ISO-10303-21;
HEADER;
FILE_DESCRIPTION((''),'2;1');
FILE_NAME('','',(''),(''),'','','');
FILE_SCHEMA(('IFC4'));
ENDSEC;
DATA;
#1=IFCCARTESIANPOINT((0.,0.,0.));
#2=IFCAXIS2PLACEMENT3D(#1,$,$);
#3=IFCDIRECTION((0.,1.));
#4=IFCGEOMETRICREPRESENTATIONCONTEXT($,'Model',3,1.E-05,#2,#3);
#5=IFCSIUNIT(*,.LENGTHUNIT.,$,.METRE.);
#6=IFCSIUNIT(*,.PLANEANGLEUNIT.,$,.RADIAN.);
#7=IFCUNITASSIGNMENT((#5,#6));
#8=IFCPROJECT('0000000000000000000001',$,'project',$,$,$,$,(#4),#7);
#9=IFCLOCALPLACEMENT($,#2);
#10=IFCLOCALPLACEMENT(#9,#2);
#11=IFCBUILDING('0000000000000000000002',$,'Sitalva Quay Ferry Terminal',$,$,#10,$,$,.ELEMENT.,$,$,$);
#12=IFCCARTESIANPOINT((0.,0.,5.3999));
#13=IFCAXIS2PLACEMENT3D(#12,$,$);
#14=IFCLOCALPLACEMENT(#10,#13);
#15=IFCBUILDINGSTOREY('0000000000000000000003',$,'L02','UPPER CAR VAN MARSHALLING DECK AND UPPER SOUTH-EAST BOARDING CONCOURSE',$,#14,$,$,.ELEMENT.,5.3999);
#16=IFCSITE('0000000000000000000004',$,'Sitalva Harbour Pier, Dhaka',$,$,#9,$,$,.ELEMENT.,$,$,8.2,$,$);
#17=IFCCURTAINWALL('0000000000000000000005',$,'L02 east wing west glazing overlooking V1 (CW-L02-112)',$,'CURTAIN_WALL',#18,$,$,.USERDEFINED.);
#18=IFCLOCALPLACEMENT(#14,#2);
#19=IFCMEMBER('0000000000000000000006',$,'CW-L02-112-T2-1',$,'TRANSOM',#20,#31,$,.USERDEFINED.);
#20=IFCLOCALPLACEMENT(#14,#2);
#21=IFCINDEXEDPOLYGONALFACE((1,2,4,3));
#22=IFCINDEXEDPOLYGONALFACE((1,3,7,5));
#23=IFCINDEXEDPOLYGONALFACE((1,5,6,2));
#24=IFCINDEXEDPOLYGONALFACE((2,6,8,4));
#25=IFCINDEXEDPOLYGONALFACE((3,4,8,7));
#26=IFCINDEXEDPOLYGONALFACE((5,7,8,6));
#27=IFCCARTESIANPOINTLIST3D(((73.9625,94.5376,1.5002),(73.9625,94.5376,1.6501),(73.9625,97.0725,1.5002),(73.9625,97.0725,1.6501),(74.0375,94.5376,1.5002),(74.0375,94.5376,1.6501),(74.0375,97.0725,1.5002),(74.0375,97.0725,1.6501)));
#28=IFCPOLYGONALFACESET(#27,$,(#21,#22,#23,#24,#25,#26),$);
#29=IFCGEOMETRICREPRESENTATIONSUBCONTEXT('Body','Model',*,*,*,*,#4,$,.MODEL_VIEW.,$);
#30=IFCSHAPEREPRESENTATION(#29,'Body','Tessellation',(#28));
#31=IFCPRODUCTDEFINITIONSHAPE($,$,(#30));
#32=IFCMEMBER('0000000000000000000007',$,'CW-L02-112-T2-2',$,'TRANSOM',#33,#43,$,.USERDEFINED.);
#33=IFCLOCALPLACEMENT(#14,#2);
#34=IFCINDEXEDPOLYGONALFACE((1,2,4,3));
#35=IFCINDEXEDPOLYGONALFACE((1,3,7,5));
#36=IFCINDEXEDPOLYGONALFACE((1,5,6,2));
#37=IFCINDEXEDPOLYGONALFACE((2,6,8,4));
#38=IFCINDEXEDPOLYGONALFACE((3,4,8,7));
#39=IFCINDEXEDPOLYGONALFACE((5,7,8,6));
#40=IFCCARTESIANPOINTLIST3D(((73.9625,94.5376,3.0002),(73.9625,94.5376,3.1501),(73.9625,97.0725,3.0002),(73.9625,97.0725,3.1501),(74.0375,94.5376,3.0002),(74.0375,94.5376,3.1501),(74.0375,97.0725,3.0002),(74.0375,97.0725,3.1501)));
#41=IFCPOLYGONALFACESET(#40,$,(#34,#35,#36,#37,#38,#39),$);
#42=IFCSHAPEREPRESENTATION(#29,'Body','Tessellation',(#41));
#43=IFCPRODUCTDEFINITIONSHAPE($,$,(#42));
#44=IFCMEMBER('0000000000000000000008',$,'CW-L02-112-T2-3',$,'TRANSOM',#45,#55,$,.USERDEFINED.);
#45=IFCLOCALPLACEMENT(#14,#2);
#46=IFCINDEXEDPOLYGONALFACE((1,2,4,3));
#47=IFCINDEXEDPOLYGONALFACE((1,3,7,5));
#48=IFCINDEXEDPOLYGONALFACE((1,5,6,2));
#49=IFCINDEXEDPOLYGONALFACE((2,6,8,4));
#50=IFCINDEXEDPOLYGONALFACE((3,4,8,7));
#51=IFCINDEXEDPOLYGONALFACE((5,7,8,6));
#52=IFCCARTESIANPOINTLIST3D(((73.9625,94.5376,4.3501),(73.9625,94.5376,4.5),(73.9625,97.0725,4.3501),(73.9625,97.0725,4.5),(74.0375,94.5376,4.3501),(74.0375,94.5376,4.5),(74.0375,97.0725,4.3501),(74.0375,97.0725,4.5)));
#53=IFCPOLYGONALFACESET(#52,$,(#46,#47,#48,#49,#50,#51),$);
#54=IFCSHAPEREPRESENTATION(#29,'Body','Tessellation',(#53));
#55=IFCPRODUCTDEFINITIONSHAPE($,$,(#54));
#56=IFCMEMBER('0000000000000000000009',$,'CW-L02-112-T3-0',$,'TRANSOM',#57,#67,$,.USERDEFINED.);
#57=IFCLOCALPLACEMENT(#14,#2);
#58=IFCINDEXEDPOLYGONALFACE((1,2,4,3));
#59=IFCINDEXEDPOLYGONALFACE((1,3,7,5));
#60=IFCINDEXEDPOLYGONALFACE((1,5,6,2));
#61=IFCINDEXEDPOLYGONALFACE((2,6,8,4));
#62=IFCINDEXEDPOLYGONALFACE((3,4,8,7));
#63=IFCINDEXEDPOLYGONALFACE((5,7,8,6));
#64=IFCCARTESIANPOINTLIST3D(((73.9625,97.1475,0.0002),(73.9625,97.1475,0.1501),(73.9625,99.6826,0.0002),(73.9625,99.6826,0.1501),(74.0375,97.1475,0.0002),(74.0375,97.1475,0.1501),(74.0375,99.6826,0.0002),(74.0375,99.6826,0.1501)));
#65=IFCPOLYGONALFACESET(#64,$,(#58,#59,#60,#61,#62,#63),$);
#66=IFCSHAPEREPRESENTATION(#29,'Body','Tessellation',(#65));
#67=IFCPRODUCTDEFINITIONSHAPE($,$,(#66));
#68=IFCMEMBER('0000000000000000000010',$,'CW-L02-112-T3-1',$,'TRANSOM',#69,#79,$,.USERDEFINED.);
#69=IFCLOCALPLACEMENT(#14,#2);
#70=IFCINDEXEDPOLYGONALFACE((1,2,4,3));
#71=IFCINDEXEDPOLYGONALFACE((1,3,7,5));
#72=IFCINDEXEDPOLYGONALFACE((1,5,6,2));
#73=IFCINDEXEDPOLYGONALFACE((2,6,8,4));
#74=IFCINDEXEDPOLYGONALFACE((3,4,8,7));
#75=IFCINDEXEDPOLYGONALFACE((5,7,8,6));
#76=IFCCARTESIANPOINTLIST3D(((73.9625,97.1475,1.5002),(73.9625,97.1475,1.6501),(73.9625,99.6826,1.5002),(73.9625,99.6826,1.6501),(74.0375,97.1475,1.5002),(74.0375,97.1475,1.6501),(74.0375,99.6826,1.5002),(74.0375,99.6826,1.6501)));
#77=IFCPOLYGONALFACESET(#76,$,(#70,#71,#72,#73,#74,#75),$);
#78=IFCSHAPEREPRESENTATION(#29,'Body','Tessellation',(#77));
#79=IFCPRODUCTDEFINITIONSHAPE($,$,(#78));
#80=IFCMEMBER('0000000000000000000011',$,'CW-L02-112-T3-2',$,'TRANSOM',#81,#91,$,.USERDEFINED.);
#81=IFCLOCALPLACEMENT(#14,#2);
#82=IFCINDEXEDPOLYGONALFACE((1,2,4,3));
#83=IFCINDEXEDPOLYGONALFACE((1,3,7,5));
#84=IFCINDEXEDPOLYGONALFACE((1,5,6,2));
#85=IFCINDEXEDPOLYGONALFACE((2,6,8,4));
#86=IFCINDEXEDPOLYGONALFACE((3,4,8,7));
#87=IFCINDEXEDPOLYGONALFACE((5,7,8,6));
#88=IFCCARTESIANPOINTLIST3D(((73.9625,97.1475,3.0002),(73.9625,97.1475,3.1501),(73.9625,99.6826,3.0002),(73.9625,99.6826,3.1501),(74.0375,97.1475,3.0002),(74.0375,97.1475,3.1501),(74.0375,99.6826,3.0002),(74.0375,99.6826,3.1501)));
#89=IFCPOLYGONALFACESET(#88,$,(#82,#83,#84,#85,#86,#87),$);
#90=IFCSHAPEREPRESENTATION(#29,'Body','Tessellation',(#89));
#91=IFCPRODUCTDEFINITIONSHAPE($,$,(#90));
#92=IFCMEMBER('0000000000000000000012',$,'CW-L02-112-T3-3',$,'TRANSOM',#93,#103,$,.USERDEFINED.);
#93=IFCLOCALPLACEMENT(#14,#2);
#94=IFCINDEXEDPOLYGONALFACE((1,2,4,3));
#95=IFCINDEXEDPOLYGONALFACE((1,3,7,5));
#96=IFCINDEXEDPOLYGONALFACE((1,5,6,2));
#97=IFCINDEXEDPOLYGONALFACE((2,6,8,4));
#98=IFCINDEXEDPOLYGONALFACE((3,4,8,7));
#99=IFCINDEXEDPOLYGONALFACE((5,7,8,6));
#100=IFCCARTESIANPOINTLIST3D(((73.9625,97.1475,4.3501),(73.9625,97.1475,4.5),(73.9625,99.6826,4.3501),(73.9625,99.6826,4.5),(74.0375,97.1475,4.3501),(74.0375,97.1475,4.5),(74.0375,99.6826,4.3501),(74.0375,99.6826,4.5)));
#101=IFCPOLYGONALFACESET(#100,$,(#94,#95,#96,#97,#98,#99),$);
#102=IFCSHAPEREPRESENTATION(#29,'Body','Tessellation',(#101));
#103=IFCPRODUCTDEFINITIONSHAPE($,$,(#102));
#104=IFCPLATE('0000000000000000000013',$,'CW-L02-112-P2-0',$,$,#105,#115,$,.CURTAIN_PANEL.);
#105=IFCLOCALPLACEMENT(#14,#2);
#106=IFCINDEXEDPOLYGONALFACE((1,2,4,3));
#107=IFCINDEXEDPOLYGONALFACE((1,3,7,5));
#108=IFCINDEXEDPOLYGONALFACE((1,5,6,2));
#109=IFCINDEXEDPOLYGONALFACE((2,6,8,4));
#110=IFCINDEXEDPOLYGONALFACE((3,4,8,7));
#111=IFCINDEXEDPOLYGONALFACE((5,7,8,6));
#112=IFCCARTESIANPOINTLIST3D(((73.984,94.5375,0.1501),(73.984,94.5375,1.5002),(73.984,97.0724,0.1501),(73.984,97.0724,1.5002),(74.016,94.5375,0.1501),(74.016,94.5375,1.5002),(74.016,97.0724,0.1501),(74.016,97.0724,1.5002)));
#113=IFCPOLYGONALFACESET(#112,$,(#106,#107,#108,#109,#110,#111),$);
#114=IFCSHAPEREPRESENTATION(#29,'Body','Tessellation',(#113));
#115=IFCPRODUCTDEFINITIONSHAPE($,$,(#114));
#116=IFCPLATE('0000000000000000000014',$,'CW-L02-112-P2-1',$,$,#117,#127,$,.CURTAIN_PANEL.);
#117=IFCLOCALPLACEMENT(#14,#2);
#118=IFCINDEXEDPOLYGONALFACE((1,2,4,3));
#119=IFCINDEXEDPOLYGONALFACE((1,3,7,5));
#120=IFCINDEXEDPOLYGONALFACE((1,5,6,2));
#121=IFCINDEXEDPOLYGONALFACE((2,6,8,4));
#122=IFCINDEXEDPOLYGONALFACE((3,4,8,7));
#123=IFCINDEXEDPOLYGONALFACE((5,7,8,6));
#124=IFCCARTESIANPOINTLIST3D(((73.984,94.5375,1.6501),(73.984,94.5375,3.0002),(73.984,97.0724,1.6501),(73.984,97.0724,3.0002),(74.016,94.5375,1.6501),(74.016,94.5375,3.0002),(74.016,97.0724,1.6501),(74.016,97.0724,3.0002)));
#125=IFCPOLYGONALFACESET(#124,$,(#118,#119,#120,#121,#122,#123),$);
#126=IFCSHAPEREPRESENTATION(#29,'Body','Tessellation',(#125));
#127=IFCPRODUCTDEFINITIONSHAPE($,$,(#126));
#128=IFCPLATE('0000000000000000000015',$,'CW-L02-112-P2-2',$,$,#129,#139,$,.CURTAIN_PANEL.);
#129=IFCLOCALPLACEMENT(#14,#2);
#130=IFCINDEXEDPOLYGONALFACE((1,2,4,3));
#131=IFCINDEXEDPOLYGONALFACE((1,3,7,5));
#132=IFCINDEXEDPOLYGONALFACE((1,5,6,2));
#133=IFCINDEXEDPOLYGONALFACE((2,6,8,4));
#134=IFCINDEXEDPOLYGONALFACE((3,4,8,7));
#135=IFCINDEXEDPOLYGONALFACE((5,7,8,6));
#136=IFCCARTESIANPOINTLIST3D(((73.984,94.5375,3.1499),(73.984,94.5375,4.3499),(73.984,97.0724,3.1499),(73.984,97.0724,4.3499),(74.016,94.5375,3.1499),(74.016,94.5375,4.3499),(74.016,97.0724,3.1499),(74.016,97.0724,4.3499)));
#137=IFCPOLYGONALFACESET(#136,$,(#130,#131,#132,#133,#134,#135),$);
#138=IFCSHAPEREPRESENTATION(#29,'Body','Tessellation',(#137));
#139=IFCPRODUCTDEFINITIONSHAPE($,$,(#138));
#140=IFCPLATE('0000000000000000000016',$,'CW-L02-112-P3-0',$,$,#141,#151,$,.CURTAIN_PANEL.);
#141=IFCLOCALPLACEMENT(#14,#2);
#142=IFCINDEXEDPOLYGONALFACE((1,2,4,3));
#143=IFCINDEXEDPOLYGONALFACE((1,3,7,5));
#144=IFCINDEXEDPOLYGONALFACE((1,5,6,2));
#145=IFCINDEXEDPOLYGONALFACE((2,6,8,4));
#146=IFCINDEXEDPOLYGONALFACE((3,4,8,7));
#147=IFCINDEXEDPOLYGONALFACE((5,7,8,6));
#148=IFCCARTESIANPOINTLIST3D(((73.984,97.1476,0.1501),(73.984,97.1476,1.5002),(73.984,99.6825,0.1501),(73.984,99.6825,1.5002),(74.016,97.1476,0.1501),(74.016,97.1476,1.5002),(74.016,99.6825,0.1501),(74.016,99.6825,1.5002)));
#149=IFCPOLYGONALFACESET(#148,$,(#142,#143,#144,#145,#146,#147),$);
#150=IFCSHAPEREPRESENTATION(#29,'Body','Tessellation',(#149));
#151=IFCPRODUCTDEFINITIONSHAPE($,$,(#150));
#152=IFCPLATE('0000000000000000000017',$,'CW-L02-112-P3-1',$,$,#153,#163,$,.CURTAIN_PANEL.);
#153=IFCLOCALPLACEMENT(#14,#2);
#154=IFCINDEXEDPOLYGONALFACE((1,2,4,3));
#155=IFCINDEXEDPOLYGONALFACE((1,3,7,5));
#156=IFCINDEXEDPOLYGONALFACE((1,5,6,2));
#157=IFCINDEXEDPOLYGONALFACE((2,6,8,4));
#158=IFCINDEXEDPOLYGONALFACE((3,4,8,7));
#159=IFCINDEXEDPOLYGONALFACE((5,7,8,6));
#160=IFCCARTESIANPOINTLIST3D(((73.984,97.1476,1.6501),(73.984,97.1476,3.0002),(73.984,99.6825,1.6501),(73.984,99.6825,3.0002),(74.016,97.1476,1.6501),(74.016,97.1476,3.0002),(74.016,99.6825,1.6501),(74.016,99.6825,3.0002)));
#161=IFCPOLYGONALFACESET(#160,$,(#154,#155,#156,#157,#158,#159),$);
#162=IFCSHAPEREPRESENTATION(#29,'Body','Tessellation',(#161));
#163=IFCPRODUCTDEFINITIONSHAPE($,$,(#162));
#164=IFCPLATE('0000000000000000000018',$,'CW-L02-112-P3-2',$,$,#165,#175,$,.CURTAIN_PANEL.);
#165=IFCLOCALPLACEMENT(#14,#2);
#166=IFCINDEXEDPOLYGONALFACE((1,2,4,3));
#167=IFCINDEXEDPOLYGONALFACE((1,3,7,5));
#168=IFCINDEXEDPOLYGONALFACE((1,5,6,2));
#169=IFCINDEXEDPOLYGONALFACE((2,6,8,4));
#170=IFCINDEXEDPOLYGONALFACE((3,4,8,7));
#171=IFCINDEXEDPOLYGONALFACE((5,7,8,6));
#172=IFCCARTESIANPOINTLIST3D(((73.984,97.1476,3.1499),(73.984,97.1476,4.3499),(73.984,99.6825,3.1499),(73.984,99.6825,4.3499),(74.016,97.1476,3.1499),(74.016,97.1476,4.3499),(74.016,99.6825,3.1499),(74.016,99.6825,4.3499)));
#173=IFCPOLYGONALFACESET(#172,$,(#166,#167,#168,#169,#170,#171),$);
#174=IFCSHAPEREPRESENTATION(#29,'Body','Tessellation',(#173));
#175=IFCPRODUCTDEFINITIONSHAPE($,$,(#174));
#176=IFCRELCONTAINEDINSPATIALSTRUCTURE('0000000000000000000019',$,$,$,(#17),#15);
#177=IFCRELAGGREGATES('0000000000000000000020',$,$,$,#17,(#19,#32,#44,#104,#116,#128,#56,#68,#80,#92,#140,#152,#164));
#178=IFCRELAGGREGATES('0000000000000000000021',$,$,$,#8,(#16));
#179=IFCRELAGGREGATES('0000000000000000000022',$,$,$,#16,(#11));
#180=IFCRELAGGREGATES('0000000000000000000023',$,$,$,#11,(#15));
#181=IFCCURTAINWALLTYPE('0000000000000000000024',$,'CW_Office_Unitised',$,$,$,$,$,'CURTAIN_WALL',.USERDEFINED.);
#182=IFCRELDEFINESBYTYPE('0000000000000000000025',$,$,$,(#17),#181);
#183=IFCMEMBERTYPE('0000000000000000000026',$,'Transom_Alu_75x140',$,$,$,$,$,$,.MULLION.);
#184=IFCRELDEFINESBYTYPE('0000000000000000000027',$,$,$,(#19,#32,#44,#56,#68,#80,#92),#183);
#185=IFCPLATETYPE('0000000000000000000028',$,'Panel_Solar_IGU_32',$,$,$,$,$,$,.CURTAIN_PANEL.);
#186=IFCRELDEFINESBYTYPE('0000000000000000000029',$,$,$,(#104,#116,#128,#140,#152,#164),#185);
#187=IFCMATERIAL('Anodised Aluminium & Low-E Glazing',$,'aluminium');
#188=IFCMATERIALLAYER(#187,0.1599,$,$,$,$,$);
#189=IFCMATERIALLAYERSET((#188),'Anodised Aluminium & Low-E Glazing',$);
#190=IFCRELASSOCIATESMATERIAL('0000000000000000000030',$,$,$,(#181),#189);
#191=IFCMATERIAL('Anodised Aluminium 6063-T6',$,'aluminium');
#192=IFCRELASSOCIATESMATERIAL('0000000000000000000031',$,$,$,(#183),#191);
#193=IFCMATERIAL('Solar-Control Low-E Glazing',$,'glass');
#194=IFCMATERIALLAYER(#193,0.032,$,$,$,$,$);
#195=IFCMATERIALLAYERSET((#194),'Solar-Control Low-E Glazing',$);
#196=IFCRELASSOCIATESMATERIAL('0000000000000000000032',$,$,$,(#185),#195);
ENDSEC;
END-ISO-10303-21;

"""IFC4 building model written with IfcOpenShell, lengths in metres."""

from ifc_helpers import new_model, si_unit, direction, frame, origin, origin_2d, place, context, subcontext, project, spatial, rectangle, extrude, material, layer, layer_set, material_profile, profile_set, type_object, element, aggregate, save


model = new_model("IFC4")

# Units and contexts
model_context = context("Model", 3, precision=1e-05, world=origin(), true_north=direction((0.0, 1.0)))
body_context = subcontext(model_context, "Body", "Model", "MODEL_VIEW")
ifc_project = project(units=[si_unit("LENGTHUNIT", "METRE"), si_unit("PLANEANGLEUNIT", "RADIAN")], contexts=[model_context])

# Site, building, storey
site_placement = place(None, origin())
site = spatial("IfcSite", under=ifc_project, at=site_placement, Name="Sitalva Harbour Pier, Dhaka", CompositionType="ELEMENT", RefElevation=8.2)
building_placement = place(site_placement, origin())
building = spatial("IfcBuilding", under=site, at=building_placement, Name="Sitalva Quay Ferry Terminal", CompositionType="ELEMENT")
storey_placement = place(building_placement, frame((0.0, 0.0, 5.3999)))
storey = spatial("IfcBuildingStorey", under=building, at=storey_placement, Name="L02", Description="UPPER CAR VAN MARSHALLING DECK AND UPPER SOUTH-EAST BOARDING CONCOURSE", CompositionType="ELEMENT", Elevation=5.3999)

# Curtain wall, members, plates
ifc_material_1 = material(Name="Anodised Aluminium & Low-E Glazing", Category="aluminium")
ifc_layer_1 = layer(ifc_material_1, 0.1599)
ifc_layer_set_1 = layer_set([ifc_layer_1], Name="Anodised Aluminium & Low-E Glazing")
curtain_wall_type = type_object("IfcCurtainWallType", Name="CW_Office_Unitised", ElementType="CURTAIN_WALL", PredefinedType="USERDEFINED", material=ifc_layer_set_1)
curtain_wall_placement = place(storey_placement, origin())
curtain_wall = element("IfcCurtainWall", 1, at=curtain_wall_placement, inside=storey, type_object=curtain_wall_type, Name="L02 east wing west glazing overlooking V1 (CW-L02-112)", ObjectType="CURTAIN_WALL", PredefinedType="USERDEFINED")
ifc_material_2 = material(Name="Anodised Aluminium 6063-T6", Category="aluminium")
ifc_material_profile_1 = material_profile(ifc_material_2, rectangle(XDim=0.075, YDim=0.1499, at=origin_2d()), Name="ALU75x150")
ifc_profile_set_1 = profile_set([ifc_material_profile_1], Name="Anodised Aluminium 6063-T6")
member_type_1 = type_object("IfcMemberType", Name="Transom_Alu_75x140", PredefinedType="MULLION", material=ifc_profile_set_1)
member_1_placement = place(storey_placement, frame((74.0, 94.5376, 1.5752), z_axis=(0.0, 1.0, 0.0), x_axis=(-1.0, 0.0, 0.0)))
member_1 = element("IfcMember", 2, at=member_1_placement, type_object=member_type_1, Name="CW-L02-112-T2-1", ObjectType="TRANSOM", PredefinedType="USERDEFINED", context=body_context, shape_type="SweptSolid", body=[
    extrude(rectangle(XDim=0.075, YDim=0.1499, at=origin_2d()), origin(), (0.0, 0.0, 1.0), 2.5349),
])
member_2_placement = place(storey_placement, frame((74.0, 94.5376, 3.0752), z_axis=(0.0, 1.0, 0.0), x_axis=(-1.0, 0.0, 0.0)))
member_2 = element("IfcMember", 3, at=member_2_placement, type_object=member_type_1, Name="CW-L02-112-T2-2", ObjectType="TRANSOM", PredefinedType="USERDEFINED", context=body_context, shape_type="SweptSolid", body=[
    extrude(rectangle(XDim=0.075, YDim=0.1499, at=origin_2d()), origin(), (0.0, 0.0, 1.0), 2.5349),
])
member_3_placement = place(storey_placement, frame((74.0, 94.5376, 4.425), z_axis=(0.0, 1.0, 0.0), x_axis=(-1.0, 0.0, 0.0)))
member_3 = element("IfcMember", 4, at=member_3_placement, type_object=member_type_1, Name="CW-L02-112-T2-3", ObjectType="TRANSOM", PredefinedType="USERDEFINED", context=body_context, shape_type="SweptSolid", body=[
    extrude(rectangle(XDim=0.075, YDim=0.1499, at=origin_2d()), origin(), (0.0, 0.0, 1.0), 2.5349),
])
member_4_placement = place(storey_placement, frame((74.0, 97.1475, 0.0752), z_axis=(0.0, 1.0, 0.0), x_axis=(-1.0, 0.0, 0.0)))
member_4 = element("IfcMember", 5, at=member_4_placement, type_object=member_type_1, Name="CW-L02-112-T3-0", ObjectType="TRANSOM", PredefinedType="USERDEFINED", context=body_context, shape_type="SweptSolid", body=[
    extrude(rectangle(XDim=0.075, YDim=0.1499, at=origin_2d()), origin(), (0.0, 0.0, 1.0), 2.5352),
])
member_5_placement = place(storey_placement, frame((74.0, 97.1475, 1.5752), z_axis=(0.0, 1.0, 0.0), x_axis=(-1.0, 0.0, 0.0)))
member_5 = element("IfcMember", 6, at=member_5_placement, type_object=member_type_1, Name="CW-L02-112-T3-1", ObjectType="TRANSOM", PredefinedType="USERDEFINED", context=body_context, shape_type="SweptSolid", body=[
    extrude(rectangle(XDim=0.075, YDim=0.1499, at=origin_2d()), origin(), (0.0, 0.0, 1.0), 2.5352),
])
member_6_placement = place(storey_placement, frame((74.0, 97.1475, 3.0752), z_axis=(0.0, 1.0, 0.0), x_axis=(-1.0, 0.0, 0.0)))
member_6 = element("IfcMember", 7, at=member_6_placement, type_object=member_type_1, Name="CW-L02-112-T3-2", ObjectType="TRANSOM", PredefinedType="USERDEFINED", context=body_context, shape_type="SweptSolid", body=[
    extrude(rectangle(XDim=0.075, YDim=0.1499, at=origin_2d()), origin(), (0.0, 0.0, 1.0), 2.5352),
])
member_7_placement = place(storey_placement, frame((74.0, 97.1475, 4.425), z_axis=(0.0, 1.0, 0.0), x_axis=(-1.0, 0.0, 0.0)))
member_7 = element("IfcMember", 8, at=member_7_placement, type_object=member_type_1, Name="CW-L02-112-T3-3", ObjectType="TRANSOM", PredefinedType="USERDEFINED", context=body_context, shape_type="SweptSolid", body=[
    extrude(rectangle(XDim=0.075, YDim=0.1499, at=origin_2d()), origin(), (0.0, 0.0, 1.0), 2.5352),
])
ifc_material_3 = material(Name="Solar-Control Low-E Glazing", Category="glass")
ifc_layer_2 = layer(ifc_material_3, 0.032)
ifc_layer_set_2 = layer_set([ifc_layer_2], Name="Solar-Control Low-E Glazing")
plate_type = type_object("IfcPlateType", Name="Panel_Solar_IGU_32", PredefinedType="CURTAIN_PANEL", material=ifc_layer_set_2)
plate_1_placement = place(storey_placement, frame((74.0, 95.8049, 0.1501), z_axis=(0.0, 0.0, 1.0), x_axis=(0.0, 1.0, 0.0)))
plate_1 = element("IfcPlate", 9, at=plate_1_placement, type_object=plate_type, Name="CW-L02-112-P2-0", PredefinedType="CURTAIN_PANEL", context=body_context, shape_type="SweptSolid", body=[
    extrude(rectangle(XDim=2.5349, YDim=0.032, at=origin_2d()), origin(), (0.0, 0.0, 1.0), 1.3501),
])
plate_2_placement = place(storey_placement, frame((74.0, 95.8049, 1.6501), z_axis=(0.0, 0.0, 1.0), x_axis=(0.0, 1.0, 0.0)))
plate_2 = element("IfcPlate", 10, at=plate_2_placement, type_object=plate_type, Name="CW-L02-112-P2-1", PredefinedType="CURTAIN_PANEL", context=body_context, shape_type="SweptSolid", body=[
    extrude(rectangle(XDim=2.5349, YDim=0.032, at=origin_2d()), origin(), (0.0, 0.0, 1.0), 1.3501),
])
plate_3_placement = place(storey_placement, frame((74.0, 95.8049, 3.1499), z_axis=(0.0, 0.0, 1.0), x_axis=(0.0, 1.0, 0.0)))
plate_3 = element("IfcPlate", 11, at=plate_3_placement, type_object=plate_type, Name="CW-L02-112-P2-2", PredefinedType="CURTAIN_PANEL", context=body_context, shape_type="SweptSolid", body=[
    extrude(rectangle(XDim=2.5349, YDim=0.032, at=origin_2d()), origin(), (0.0, 0.0, 1.0), 1.2),
])
plate_4_placement = place(storey_placement, frame((74.0, 98.415, 0.1501), z_axis=(0.0, 0.0, 1.0), x_axis=(0.0, 1.0, 0.0)))
plate_4 = element("IfcPlate", 12, at=plate_4_placement, type_object=plate_type, Name="CW-L02-112-P3-0", PredefinedType="CURTAIN_PANEL", context=body_context, shape_type="SweptSolid", body=[
    extrude(rectangle(XDim=2.5349, YDim=0.032, at=origin_2d()), origin(), (0.0, 0.0, 1.0), 1.3501),
])
plate_5_placement = place(storey_placement, frame((74.0, 98.415, 1.6501), z_axis=(0.0, 0.0, 1.0), x_axis=(0.0, 1.0, 0.0)))
plate_5 = element("IfcPlate", 13, at=plate_5_placement, type_object=plate_type, Name="CW-L02-112-P3-1", PredefinedType="CURTAIN_PANEL", context=body_context, shape_type="SweptSolid", body=[
    extrude(rectangle(XDim=2.5349, YDim=0.032, at=origin_2d()), origin(), (0.0, 0.0, 1.0), 1.3501),
])
plate_6_placement = place(storey_placement, frame((74.0, 98.415, 3.1499), z_axis=(0.0, 0.0, 1.0), x_axis=(0.0, 1.0, 0.0)))
plate_6 = element("IfcPlate", 14, at=plate_6_placement, type_object=plate_type, Name="CW-L02-112-P3-2", PredefinedType="CURTAIN_PANEL", context=body_context, shape_type="SweptSolid", body=[
    extrude(rectangle(XDim=2.5349, YDim=0.032, at=origin_2d()), origin(), (0.0, 0.0, 1.0), 1.2),
])
aggregate(curtain_wall, [member_1, member_2, member_3, plate_1, plate_2, plate_3, member_4, member_5, member_6, member_7, plate_4, plate_5, plate_6])

save(model, "model.ifc")
